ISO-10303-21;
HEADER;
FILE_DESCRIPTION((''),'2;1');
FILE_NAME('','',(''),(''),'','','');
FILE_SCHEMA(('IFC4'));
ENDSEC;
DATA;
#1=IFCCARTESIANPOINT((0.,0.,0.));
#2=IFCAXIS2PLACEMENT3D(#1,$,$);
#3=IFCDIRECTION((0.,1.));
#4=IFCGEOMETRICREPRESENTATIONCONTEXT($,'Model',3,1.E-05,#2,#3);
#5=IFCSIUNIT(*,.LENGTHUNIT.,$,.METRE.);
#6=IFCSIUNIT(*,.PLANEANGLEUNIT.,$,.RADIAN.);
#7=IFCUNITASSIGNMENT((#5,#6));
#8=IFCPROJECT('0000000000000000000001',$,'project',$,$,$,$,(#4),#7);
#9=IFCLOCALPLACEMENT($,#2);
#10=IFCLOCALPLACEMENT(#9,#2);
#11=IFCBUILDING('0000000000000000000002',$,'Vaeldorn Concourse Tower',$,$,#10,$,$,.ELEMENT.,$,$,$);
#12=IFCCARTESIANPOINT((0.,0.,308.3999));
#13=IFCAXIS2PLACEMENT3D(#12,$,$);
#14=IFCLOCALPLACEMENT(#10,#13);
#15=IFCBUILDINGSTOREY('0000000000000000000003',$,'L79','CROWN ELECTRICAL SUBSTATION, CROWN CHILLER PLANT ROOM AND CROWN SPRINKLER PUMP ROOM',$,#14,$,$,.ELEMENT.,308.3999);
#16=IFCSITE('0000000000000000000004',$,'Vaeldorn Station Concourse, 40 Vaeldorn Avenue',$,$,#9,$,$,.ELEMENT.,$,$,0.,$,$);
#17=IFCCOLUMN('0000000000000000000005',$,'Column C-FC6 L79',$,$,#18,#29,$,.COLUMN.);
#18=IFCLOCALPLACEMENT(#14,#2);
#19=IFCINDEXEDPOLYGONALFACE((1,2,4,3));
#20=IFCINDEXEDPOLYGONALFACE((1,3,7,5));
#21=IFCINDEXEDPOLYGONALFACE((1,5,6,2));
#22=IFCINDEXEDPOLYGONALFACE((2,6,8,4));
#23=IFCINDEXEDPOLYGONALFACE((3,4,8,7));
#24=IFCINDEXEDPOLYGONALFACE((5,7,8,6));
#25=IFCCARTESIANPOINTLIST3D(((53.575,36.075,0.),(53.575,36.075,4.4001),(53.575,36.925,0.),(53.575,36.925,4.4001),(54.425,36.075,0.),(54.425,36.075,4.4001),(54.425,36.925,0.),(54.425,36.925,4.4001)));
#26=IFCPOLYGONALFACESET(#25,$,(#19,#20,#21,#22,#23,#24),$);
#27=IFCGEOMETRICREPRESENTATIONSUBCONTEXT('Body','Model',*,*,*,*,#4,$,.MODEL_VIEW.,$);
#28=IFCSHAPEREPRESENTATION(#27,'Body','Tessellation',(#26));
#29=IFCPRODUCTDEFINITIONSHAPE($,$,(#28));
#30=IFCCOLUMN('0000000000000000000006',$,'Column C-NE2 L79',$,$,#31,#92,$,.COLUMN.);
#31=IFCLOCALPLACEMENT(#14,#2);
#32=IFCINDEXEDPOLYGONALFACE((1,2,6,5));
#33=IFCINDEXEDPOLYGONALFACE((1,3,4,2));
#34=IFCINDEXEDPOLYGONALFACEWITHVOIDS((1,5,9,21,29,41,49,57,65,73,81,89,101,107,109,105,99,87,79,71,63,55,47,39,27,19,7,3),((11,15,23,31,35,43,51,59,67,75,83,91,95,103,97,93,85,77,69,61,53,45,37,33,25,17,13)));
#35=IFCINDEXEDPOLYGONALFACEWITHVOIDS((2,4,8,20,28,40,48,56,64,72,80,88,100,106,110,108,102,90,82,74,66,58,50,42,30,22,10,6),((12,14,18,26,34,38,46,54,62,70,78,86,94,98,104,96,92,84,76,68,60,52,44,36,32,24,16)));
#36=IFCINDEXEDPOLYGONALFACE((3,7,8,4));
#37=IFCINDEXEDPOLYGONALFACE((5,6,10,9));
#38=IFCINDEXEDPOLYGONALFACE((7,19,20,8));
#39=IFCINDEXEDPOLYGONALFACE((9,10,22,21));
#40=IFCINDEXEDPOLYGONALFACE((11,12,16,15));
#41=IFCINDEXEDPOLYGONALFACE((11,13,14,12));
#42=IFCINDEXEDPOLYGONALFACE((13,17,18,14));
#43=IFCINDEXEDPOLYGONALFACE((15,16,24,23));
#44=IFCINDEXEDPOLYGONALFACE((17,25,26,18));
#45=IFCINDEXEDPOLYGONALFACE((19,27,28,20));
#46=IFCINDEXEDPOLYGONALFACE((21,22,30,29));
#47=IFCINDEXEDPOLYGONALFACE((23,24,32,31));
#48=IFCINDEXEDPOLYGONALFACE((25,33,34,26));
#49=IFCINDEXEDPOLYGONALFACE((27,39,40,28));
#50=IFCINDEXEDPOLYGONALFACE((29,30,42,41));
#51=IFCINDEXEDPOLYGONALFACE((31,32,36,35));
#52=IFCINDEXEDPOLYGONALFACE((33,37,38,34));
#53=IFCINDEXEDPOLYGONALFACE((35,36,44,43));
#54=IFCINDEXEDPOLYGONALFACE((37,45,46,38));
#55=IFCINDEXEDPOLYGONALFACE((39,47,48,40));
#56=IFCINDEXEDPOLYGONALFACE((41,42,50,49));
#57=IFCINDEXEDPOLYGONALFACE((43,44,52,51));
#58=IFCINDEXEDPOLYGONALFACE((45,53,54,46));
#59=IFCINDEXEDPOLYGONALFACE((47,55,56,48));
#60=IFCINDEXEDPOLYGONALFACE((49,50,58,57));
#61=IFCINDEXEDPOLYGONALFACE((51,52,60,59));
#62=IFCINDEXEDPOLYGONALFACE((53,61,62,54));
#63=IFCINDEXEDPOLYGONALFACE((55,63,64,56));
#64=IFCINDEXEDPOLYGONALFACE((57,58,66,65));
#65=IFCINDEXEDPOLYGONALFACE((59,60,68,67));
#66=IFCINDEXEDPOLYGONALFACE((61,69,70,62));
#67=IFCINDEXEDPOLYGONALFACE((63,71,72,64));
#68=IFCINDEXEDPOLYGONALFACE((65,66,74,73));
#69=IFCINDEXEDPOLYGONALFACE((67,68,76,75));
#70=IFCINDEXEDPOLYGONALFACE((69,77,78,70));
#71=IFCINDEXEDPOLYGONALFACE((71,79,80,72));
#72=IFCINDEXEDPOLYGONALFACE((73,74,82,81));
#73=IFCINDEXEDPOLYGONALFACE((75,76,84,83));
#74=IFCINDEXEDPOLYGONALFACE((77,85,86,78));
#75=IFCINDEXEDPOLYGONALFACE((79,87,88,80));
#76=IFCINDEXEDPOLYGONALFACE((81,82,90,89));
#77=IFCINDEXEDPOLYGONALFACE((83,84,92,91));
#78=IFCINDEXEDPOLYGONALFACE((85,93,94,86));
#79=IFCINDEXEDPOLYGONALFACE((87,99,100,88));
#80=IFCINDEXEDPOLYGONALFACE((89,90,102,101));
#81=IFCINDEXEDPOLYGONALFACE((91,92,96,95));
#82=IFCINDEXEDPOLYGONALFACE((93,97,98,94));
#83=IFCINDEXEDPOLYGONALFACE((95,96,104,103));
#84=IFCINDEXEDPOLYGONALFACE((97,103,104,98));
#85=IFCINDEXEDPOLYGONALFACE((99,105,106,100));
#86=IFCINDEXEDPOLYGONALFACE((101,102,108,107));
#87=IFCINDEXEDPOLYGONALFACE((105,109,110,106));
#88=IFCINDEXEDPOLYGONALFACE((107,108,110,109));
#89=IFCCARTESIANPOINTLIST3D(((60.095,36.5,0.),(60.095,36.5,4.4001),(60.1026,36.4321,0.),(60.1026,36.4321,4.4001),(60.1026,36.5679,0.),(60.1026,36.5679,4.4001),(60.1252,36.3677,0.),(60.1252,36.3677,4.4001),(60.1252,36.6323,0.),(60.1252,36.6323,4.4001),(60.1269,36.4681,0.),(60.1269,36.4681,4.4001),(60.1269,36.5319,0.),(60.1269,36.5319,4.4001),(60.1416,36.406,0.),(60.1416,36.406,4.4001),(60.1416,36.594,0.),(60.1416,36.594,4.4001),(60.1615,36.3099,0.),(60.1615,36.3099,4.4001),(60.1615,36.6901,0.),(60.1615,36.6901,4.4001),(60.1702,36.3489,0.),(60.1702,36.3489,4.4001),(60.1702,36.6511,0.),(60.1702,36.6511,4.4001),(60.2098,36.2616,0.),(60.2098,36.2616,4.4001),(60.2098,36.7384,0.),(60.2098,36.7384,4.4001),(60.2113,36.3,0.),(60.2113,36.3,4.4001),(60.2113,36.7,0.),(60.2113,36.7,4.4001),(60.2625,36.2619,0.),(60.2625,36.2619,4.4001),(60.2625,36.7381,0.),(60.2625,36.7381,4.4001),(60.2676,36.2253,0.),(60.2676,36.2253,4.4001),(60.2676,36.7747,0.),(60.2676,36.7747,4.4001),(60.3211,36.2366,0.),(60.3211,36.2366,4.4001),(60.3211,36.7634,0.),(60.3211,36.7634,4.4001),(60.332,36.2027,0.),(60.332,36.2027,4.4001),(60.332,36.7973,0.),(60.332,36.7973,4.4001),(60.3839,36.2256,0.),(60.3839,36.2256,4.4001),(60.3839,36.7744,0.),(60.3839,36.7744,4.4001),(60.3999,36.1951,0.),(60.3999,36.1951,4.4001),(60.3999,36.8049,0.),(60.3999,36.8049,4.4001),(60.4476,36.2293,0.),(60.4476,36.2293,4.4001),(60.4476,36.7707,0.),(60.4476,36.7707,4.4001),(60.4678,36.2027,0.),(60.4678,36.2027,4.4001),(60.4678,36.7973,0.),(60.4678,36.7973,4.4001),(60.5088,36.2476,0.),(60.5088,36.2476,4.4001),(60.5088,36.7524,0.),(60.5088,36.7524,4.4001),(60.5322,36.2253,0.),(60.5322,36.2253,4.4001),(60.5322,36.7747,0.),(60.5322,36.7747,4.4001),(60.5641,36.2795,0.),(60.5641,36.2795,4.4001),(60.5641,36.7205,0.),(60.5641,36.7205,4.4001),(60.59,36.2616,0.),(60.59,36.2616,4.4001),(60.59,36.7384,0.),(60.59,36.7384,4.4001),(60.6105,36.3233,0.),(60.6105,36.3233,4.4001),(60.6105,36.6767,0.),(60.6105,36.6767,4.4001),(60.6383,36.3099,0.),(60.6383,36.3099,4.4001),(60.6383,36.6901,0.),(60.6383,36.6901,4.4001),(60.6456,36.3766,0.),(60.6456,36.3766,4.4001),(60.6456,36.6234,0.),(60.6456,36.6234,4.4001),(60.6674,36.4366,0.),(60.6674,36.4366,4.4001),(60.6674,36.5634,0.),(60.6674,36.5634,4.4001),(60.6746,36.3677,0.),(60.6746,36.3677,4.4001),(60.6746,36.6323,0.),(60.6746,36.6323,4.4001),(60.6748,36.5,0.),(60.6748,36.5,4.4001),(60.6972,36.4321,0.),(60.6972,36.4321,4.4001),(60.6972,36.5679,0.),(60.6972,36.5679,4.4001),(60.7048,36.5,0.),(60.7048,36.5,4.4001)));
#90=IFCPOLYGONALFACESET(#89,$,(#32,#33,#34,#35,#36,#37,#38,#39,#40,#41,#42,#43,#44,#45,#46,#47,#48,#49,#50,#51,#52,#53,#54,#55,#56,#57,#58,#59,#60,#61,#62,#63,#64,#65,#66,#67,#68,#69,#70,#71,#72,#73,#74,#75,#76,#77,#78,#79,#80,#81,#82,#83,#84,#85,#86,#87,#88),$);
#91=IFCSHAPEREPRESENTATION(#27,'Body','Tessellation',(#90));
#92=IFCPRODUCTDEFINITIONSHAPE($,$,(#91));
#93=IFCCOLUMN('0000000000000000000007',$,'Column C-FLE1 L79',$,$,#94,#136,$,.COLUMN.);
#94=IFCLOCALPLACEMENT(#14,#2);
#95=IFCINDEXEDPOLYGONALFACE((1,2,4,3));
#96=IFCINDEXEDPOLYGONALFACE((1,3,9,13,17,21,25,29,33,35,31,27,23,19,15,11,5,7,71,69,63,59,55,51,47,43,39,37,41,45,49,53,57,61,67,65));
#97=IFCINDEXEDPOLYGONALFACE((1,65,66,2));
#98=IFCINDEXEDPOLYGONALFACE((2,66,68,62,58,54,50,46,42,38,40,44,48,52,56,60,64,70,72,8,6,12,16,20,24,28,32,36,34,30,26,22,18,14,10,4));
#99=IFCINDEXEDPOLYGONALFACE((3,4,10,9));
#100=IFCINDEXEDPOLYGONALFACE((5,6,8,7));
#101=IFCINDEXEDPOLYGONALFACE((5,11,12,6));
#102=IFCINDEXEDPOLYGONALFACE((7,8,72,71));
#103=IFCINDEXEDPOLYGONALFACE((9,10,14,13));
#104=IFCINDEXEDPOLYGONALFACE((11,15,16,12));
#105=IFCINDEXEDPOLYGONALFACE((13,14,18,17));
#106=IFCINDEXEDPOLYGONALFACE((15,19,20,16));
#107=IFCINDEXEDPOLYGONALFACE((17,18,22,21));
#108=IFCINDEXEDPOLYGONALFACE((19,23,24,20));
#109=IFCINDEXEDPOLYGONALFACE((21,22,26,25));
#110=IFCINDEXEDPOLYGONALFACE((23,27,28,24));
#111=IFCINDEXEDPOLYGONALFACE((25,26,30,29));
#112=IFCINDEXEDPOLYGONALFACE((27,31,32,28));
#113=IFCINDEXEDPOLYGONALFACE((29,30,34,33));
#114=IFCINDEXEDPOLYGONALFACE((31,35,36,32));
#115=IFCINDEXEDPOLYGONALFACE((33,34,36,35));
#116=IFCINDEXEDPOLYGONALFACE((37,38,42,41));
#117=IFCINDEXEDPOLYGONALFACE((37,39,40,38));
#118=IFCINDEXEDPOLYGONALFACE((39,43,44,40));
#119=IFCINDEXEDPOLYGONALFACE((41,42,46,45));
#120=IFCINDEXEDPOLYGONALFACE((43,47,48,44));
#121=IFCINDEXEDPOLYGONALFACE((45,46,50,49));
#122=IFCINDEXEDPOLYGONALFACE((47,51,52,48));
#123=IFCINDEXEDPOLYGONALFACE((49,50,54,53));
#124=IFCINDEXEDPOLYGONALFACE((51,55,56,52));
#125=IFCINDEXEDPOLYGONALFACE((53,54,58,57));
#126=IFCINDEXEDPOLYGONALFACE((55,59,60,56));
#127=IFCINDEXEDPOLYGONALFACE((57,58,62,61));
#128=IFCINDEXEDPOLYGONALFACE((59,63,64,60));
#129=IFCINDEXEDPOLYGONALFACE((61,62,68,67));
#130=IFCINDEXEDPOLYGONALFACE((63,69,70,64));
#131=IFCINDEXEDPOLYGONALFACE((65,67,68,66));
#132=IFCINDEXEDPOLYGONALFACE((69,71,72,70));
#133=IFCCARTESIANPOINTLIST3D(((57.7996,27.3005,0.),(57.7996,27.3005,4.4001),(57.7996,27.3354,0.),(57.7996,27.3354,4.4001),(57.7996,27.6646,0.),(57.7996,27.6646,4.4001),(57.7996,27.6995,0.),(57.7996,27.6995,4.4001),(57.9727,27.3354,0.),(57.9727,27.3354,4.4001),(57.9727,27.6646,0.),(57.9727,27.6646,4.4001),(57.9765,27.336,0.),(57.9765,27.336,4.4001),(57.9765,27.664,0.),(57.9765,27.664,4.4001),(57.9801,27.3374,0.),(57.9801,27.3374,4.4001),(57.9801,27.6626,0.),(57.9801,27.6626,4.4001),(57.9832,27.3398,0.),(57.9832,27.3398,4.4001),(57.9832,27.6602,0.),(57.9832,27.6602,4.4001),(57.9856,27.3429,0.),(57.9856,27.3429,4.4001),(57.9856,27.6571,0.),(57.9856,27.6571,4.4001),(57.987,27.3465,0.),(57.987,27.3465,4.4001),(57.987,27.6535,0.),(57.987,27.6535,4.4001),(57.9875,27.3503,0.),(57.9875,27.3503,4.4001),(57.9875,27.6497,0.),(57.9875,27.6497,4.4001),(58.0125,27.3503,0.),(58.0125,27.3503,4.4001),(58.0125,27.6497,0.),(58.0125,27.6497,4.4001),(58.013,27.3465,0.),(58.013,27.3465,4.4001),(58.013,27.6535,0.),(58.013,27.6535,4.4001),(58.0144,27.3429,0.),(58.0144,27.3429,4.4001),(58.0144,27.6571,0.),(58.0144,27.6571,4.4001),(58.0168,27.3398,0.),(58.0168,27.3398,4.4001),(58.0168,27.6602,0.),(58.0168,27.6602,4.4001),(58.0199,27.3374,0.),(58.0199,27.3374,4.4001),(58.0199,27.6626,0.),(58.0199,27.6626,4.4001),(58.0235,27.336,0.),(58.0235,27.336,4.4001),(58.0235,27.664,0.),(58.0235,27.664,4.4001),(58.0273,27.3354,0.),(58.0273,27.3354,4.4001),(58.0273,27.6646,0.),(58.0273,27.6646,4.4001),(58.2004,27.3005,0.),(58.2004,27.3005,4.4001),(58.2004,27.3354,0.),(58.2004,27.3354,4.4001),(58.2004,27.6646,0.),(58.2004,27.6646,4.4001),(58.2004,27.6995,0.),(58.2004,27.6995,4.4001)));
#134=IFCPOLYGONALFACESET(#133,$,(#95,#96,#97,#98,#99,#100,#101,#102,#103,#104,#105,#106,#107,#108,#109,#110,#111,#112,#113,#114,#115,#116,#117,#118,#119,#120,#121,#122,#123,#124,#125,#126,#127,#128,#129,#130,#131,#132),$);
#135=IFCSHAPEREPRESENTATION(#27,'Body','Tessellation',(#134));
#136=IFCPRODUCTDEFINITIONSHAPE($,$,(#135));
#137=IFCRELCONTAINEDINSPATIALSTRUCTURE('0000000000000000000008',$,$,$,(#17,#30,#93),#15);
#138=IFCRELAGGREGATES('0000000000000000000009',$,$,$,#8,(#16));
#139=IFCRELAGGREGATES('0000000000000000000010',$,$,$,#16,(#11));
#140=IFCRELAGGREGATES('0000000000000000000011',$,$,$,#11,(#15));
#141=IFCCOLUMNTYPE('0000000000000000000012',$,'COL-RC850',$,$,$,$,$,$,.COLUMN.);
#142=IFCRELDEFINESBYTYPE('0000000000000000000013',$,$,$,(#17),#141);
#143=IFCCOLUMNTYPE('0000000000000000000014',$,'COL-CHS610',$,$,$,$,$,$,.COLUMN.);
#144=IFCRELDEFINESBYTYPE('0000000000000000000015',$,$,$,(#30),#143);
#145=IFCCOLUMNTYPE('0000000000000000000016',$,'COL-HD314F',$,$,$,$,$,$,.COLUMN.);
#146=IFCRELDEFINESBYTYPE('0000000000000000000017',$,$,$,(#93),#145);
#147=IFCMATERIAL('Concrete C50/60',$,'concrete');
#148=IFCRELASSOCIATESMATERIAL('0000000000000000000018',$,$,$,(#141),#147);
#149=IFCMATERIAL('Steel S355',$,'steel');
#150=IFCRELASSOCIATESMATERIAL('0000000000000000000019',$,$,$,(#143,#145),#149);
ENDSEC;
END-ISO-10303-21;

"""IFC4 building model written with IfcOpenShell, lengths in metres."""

from ifc_helpers import new_model, si_unit, direction, frame, origin, origin_2d, place, context, subcontext, project, spatial, rectangle, hollow_circle, i_section, extrude, source, transform, mapped, material, material_profile, profile_set, type_object, element, save


model = new_model("IFC4")

# Units and contexts
model_context = context("Model", 3, precision=1e-05, world=origin(), true_north=direction((0.0, 1.0)))
body_context = subcontext(model_context, "Body", "Model", "MODEL_VIEW")
ifc_project = project(units=[si_unit("LENGTHUNIT", "METRE"), si_unit("PLANEANGLEUNIT", "RADIAN")], contexts=[model_context])

# Site, building, storey
site_placement = place(None, origin())
site = spatial("IfcSite", under=ifc_project, at=site_placement, Name="Vaeldorn Station Concourse, 40 Vaeldorn Avenue", CompositionType="ELEMENT", RefElevation=0.0)
building_placement = place(site_placement, origin())
building = spatial("IfcBuilding", under=site, at=building_placement, Name="Vaeldorn Concourse Tower", CompositionType="ELEMENT")
storey_placement = place(building_placement, frame((0.0, 0.0, 308.3999)))
storey = spatial("IfcBuildingStorey", under=building, at=storey_placement, Name="L79", Description="CROWN ELECTRICAL SUBSTATION, CROWN CHILLER PLANT ROOM AND CROWN SPRINKLER PUMP ROOM", CompositionType="ELEMENT", Elevation=308.3999)

# Columns
ifc_material_1 = material(Name="Concrete C50/60", Category="concrete")
ifc_material_profile_1 = material_profile(ifc_material_1, rectangle(XDim=0.8501, YDim=0.8501, at=origin_2d()), Name="RC 850x850")
ifc_profile_set_1 = profile_set([ifc_material_profile_1], Name="Concrete C50/60")
column_type_1 = type_object("IfcColumnType", Name="COL-RC850", PredefinedType="COLUMN", material=ifc_profile_set_1)
shared_shape_1 = source(origin(), body_context, "Body", "SweptSolid", [
    extrude(rectangle(XDim=0.8501, YDim=0.8501, at=origin_2d()), origin(), (0.0, 0.0, 1.0), 4.4001),
])
column_1_placement = place(storey_placement, frame((54.0, 36.5, 0.0), z_axis=(0.0, 0.0, 1.0), x_axis=(1.0, 0.0, 0.0)))
element("IfcColumn", 1, at=column_1_placement, inside=storey, type_object=column_type_1, Name="Column C-FC6 L79", PredefinedType="COLUMN", context=body_context, shape_type="MappedRepresentation", body=[
    mapped(shared_shape_1, transform((0.0, 0.0, 0.0), scale=1.0)),
])
ifc_material_2 = material(Name="Steel S355", Category="steel")
ifc_material_profile_2 = material_profile(ifc_material_2, hollow_circle(Radius=0.3049, WallThickness=0.03, at=origin_2d()), Name="CHS 610x30")
ifc_profile_set_2 = profile_set([ifc_material_profile_2], Name="Steel S355")
column_type_2 = type_object("IfcColumnType", Name="COL-CHS610", PredefinedType="COLUMN", material=ifc_profile_set_2)
shared_shape_2 = source(origin(), body_context, "Body", "SweptSolid", [
    extrude(hollow_circle(Radius=0.3049, WallThickness=0.03, at=origin_2d()), origin(), (0.0, 0.0, 1.0), 4.4001),
])
column_2_placement = place(storey_placement, frame((60.3999, 36.5, 0.0), z_axis=(0.0, 0.0, 1.0), x_axis=(1.0, 0.0, 0.0)))
element("IfcColumn", 2, at=column_2_placement, inside=storey, type_object=column_type_2, Name="Column C-NE2 L79", PredefinedType="COLUMN", context=body_context, shape_type="MappedRepresentation", body=[
    mapped(shared_shape_2, transform((0.0, 0.0, 0.0), scale=1.0)),
])
ifc_material_profile_3 = material_profile(ifc_material_2, i_section(OverallWidth=0.4009, OverallDepth=0.3989, WebThickness=0.0249, FlangeThickness=0.0349, FilletRadius=0.0149, at=origin_2d()), Name="HD 400x314")
ifc_profile_set_3 = profile_set([ifc_material_profile_3], Name="Steel S355")
column_type_3 = type_object("IfcColumnType", Name="COL-HD314F", PredefinedType="COLUMN", material=ifc_profile_set_3)
shared_shape_3 = source(origin(), body_context, "Body", "SweptSolid", [
    extrude(i_section(OverallWidth=0.4009, OverallDepth=0.3989, WebThickness=0.0249, FlangeThickness=0.0349, FilletRadius=0.0149, at=origin_2d()), origin(), (0.0, 0.0, 1.0), 4.4001),
])
column_3_placement = place(storey_placement, frame((58.0, 27.5, 0.0), z_axis=(0.0, 0.0, 1.0), x_axis=(1.0, 0.0, 0.0)))
element("IfcColumn", 3, at=column_3_placement, inside=storey, type_object=column_type_3, Name="Column C-FLE1 L79", PredefinedType="COLUMN", context=body_context, shape_type="MappedRepresentation", body=[
    mapped(shared_shape_3, transform((0.0, 0.0, 0.0), scale=1.0)),
])

save(model, "model.ifc")
